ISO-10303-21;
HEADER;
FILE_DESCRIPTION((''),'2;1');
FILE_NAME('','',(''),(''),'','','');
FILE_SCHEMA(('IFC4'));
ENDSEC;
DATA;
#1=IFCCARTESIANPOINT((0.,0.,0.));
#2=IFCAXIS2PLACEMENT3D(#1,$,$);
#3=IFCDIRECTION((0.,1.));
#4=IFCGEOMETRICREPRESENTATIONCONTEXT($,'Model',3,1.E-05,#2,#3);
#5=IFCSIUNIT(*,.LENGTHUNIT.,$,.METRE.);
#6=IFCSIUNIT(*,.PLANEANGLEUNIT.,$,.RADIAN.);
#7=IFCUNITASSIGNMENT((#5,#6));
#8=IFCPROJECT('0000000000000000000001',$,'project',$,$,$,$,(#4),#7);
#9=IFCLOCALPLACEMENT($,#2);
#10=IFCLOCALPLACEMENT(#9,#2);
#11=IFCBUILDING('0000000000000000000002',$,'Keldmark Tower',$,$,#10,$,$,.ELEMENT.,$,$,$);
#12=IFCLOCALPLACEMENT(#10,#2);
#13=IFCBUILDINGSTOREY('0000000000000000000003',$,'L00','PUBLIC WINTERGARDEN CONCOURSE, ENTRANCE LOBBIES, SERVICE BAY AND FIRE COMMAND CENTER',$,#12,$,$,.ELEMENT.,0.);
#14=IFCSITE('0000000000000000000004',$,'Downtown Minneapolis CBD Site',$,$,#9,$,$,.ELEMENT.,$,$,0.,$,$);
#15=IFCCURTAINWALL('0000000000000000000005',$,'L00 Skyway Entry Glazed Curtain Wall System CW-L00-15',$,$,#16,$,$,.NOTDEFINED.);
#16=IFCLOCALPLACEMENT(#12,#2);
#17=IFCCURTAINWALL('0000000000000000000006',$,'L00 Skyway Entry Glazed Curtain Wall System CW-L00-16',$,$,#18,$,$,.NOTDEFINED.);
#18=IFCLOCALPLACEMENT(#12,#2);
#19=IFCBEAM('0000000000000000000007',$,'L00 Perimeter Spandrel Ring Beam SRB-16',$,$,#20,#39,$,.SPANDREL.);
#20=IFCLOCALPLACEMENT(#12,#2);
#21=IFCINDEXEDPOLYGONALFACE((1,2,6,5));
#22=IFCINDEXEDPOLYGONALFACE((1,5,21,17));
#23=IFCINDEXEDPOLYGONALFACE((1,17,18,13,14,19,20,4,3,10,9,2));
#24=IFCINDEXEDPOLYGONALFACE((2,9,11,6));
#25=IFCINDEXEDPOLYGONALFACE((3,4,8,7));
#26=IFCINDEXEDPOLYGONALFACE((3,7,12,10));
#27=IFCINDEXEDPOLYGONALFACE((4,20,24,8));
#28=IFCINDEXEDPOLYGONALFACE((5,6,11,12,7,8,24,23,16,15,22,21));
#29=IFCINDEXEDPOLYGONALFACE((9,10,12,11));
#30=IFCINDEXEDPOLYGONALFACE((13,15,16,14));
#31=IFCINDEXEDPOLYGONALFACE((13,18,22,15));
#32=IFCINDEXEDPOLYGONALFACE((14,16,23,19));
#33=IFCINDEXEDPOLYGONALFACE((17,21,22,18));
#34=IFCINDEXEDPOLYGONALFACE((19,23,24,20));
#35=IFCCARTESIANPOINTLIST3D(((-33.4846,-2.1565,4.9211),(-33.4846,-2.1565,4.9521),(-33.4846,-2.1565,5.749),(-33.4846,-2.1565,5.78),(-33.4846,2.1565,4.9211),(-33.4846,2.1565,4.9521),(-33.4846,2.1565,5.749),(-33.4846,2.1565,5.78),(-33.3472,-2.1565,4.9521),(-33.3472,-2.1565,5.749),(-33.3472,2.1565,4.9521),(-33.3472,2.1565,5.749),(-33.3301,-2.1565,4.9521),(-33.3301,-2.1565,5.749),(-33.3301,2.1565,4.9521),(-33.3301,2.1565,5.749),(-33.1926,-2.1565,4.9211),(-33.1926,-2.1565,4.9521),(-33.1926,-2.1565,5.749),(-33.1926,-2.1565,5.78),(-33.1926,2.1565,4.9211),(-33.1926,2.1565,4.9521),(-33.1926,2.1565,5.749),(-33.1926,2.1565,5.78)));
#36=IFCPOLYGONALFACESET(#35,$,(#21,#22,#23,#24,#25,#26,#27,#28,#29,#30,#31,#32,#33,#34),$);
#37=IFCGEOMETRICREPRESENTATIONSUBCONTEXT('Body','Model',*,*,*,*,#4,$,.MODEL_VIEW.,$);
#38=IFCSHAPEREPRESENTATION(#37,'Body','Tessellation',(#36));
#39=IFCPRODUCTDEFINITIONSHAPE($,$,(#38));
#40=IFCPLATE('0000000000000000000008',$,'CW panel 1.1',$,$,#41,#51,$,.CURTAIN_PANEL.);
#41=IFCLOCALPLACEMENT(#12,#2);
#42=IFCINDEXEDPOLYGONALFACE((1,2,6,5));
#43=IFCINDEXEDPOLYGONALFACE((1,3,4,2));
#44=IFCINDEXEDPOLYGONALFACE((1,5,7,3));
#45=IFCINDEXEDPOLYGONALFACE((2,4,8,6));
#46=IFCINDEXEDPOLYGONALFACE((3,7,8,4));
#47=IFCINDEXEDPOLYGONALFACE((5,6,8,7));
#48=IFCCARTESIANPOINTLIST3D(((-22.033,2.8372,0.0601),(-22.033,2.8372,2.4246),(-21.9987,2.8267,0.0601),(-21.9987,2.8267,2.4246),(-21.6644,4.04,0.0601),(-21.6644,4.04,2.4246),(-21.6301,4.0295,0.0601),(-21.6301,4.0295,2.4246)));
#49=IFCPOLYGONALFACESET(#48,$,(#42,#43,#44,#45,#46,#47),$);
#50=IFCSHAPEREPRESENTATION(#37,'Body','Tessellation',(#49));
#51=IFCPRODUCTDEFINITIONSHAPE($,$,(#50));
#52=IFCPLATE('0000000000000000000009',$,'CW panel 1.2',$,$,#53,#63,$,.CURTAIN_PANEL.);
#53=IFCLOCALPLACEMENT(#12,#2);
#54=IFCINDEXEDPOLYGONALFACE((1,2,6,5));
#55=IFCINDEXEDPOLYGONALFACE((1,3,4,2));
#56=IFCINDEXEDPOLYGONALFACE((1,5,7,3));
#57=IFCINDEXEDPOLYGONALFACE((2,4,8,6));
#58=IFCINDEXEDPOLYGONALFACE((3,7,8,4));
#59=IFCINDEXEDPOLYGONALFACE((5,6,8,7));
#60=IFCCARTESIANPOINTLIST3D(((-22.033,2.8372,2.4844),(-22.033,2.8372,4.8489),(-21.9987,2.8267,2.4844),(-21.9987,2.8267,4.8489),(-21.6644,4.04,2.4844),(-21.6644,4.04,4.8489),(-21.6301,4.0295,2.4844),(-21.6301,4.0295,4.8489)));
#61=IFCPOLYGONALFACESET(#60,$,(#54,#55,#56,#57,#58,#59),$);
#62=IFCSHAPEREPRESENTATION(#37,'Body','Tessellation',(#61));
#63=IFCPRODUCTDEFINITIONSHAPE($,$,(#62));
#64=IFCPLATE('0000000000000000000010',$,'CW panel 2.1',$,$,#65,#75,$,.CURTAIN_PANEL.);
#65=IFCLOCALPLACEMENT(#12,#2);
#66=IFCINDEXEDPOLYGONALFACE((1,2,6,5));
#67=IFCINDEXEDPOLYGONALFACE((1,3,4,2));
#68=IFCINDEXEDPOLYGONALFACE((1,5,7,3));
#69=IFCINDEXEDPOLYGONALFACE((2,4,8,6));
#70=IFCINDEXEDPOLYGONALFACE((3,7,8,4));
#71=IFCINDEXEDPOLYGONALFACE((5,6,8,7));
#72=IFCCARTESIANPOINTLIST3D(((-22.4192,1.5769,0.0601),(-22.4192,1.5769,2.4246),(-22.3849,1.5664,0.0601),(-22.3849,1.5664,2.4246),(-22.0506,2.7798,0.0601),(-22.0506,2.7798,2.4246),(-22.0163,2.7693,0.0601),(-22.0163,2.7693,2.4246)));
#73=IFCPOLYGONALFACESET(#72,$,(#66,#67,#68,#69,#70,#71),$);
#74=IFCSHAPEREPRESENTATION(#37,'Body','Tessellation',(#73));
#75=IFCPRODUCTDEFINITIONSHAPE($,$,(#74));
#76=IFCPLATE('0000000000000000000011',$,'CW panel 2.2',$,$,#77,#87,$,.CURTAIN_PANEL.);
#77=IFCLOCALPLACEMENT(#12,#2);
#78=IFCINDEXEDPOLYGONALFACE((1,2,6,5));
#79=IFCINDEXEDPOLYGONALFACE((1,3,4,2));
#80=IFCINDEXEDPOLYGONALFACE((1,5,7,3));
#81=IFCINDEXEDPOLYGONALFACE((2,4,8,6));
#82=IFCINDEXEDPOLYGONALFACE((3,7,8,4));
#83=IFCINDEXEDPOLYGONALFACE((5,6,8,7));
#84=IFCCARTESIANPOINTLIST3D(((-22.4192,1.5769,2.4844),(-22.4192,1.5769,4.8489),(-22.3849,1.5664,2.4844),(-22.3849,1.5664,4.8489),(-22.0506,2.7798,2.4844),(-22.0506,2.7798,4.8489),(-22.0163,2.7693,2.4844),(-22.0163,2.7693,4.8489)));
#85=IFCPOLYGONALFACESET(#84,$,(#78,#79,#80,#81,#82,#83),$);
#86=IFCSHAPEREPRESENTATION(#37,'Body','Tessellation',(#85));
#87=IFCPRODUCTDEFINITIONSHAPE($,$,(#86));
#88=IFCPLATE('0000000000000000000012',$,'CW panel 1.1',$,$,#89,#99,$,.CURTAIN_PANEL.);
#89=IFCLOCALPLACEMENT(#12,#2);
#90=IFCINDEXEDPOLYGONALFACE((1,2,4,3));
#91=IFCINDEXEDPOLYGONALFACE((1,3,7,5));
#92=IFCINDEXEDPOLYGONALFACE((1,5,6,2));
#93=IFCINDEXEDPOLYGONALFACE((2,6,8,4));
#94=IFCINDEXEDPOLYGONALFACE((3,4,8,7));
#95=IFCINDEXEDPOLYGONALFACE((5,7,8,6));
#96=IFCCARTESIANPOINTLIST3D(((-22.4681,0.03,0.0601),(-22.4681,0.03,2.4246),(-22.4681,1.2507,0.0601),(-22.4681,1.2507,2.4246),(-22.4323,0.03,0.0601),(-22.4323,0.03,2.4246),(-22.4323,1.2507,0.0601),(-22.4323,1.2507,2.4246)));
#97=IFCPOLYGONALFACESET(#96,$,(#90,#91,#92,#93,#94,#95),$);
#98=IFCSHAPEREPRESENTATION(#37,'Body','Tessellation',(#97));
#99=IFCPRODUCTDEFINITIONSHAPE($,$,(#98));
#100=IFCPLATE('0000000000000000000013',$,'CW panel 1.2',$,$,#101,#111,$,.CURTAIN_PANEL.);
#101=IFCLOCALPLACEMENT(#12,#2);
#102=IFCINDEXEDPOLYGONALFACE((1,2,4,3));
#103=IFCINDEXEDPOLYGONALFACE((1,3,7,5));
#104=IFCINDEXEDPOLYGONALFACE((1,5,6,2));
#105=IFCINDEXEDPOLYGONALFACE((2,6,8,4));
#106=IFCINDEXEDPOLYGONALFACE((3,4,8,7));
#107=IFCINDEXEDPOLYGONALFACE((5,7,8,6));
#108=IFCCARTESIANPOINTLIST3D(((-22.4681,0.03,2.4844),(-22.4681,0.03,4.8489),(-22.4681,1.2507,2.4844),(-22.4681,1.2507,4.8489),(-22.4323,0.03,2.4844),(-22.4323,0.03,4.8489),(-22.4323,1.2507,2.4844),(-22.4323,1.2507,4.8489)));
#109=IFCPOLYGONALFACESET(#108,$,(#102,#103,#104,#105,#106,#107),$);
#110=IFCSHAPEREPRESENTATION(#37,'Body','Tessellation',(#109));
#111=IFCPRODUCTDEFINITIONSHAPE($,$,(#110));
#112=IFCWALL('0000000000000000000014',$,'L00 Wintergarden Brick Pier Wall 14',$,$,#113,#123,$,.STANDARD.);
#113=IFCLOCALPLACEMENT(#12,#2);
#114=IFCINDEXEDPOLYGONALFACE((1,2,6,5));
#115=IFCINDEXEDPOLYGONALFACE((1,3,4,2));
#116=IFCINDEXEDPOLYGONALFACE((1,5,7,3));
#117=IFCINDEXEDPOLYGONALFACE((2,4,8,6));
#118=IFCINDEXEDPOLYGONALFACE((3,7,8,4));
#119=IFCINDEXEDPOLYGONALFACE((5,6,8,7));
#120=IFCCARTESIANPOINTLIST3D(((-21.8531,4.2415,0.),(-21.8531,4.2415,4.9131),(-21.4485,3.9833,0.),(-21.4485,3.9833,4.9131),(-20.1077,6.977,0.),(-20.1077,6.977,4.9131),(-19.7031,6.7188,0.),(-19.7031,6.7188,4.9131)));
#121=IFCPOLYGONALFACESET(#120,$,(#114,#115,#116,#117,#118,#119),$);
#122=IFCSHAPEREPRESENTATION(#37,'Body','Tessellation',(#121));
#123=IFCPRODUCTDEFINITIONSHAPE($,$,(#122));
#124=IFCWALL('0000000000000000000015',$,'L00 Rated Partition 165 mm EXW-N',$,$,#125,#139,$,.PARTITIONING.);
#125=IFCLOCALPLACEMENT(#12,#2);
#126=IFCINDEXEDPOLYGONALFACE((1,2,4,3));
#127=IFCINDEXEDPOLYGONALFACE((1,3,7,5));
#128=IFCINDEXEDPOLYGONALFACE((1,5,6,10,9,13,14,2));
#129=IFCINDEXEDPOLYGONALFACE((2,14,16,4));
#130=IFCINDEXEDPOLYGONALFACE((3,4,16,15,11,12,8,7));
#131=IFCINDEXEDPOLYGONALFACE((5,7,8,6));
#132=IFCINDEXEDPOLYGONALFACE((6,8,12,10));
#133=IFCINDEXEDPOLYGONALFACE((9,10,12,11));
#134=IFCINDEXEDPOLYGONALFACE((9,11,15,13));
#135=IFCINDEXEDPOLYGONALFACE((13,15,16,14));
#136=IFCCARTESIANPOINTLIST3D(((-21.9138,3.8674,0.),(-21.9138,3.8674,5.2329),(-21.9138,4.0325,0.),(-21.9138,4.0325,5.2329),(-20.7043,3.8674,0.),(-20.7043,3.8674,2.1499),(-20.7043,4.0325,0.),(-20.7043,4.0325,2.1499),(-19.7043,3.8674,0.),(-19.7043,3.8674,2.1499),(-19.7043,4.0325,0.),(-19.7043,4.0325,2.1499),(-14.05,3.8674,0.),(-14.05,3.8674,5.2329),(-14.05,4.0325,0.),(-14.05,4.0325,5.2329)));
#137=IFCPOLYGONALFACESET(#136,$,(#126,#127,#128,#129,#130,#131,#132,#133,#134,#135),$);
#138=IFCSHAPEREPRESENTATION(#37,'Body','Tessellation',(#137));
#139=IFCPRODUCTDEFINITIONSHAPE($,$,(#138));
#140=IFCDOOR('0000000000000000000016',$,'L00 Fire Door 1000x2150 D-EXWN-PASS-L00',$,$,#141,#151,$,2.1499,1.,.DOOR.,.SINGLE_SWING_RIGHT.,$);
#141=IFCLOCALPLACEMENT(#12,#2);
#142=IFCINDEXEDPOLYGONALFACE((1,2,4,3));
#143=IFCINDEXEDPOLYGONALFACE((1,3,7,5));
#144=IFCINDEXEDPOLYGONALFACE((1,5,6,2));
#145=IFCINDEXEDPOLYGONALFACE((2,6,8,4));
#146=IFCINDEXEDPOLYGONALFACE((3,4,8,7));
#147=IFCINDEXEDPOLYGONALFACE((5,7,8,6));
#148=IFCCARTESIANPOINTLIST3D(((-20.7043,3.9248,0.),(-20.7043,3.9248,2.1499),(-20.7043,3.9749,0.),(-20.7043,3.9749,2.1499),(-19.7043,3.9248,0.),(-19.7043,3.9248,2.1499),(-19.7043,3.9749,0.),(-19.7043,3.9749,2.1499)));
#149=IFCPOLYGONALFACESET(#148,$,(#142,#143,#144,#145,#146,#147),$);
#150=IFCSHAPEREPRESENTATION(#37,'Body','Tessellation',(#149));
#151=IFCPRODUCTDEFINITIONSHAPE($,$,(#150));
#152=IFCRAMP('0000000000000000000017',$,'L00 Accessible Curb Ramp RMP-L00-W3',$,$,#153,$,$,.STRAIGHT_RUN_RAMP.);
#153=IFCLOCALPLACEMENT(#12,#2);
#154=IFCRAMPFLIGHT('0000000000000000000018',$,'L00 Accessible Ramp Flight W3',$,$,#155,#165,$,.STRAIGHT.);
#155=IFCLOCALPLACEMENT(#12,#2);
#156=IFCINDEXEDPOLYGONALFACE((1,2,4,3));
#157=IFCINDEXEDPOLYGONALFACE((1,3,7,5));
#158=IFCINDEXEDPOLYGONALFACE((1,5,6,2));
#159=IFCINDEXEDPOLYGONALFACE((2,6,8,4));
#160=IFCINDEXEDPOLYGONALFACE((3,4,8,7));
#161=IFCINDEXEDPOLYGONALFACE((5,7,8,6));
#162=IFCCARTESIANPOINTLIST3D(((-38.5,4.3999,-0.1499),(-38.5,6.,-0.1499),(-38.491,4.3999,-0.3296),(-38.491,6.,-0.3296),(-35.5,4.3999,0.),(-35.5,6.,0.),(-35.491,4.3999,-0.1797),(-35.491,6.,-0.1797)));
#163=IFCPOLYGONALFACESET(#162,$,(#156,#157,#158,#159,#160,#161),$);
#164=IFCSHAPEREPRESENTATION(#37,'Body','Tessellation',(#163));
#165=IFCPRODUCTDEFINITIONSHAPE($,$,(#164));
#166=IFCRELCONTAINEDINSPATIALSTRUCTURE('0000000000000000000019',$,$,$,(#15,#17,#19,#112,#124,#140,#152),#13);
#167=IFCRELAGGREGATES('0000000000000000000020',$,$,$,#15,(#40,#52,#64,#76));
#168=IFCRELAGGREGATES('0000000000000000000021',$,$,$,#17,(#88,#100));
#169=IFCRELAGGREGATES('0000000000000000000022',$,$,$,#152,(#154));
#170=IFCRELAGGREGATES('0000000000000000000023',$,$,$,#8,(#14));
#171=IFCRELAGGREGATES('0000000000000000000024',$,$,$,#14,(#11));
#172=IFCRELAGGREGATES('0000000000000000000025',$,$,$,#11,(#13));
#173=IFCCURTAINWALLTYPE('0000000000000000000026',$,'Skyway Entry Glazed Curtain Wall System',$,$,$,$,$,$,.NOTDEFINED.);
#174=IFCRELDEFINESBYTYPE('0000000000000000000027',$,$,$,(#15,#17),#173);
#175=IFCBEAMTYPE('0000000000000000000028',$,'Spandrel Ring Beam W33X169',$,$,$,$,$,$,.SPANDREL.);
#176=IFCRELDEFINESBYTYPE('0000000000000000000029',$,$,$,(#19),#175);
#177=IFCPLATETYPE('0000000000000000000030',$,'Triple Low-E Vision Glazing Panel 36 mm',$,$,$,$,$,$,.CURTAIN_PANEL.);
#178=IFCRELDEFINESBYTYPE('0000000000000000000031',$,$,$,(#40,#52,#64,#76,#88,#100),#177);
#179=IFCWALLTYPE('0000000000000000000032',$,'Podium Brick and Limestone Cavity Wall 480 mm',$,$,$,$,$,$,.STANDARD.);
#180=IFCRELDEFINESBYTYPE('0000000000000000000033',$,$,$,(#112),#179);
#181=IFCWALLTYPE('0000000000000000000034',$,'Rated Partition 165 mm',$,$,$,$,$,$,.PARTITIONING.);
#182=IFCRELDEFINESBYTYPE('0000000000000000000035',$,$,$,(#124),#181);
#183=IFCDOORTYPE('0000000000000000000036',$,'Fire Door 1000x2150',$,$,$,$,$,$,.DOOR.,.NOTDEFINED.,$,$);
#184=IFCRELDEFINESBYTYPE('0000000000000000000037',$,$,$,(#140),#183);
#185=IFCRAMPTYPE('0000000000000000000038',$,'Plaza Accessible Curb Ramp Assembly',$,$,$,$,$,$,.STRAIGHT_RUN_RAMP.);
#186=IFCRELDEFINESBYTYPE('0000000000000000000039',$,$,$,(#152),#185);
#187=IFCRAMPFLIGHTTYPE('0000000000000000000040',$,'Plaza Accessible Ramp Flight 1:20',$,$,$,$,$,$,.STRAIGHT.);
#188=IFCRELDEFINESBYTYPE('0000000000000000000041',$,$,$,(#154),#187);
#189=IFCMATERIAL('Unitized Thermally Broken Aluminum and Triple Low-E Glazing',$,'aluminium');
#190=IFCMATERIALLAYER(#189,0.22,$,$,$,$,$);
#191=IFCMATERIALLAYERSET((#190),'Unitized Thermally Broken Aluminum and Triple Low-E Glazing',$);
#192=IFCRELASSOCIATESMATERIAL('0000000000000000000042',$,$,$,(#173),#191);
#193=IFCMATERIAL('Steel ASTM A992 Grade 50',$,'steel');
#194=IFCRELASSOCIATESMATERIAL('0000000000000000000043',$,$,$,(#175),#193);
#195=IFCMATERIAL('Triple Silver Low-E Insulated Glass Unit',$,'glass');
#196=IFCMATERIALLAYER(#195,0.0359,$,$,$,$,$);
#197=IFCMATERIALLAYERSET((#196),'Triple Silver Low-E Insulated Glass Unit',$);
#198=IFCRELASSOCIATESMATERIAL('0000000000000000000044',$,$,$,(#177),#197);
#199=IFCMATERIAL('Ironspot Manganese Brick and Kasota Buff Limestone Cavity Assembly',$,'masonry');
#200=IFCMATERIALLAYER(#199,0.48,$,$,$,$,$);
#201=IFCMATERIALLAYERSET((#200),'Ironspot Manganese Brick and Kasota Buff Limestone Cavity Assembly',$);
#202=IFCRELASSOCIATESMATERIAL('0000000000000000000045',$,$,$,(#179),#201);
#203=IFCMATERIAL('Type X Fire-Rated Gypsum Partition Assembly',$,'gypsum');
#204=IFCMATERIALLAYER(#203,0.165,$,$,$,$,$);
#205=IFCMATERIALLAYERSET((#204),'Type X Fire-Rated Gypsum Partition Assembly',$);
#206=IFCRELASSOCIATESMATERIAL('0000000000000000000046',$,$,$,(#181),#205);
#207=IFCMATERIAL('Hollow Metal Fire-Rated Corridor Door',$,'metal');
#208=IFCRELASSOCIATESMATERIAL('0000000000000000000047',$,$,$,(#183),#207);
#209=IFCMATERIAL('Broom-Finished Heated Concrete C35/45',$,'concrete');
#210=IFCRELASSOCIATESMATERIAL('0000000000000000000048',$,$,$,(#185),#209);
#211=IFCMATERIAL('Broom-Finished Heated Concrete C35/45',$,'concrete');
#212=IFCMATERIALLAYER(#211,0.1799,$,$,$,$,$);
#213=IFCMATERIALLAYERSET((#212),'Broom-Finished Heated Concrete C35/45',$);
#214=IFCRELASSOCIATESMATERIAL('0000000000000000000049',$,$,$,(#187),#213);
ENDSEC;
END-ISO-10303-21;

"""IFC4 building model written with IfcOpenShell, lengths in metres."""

from ifc_helpers import new_model, si_unit, direction, frame, frame_2d, origin, origin_2d, place, context, subcontext, project, spatial, polyline, rectangle, i_section, outline, extrude, material, layer, layer_set, material_profile, profile_set, type_object, element, fill, aggregate, save


model = new_model("IFC4")

# Units and contexts
model_context = context("Model", 3, precision=1e-05, world=origin(), true_north=direction((0.0, 1.0)))
body_context = subcontext(model_context, "Body", "Model", "MODEL_VIEW")
ifc_project = project(units=[si_unit("LENGTHUNIT", "METRE"), si_unit("PLANEANGLEUNIT", "RADIAN")], contexts=[model_context])

# Site, building, storey
site_placement = place(None, origin())
site = spatial("IfcSite", under=ifc_project, at=site_placement, Name="Downtown Minneapolis CBD Site", CompositionType="ELEMENT", RefElevation=0.0)
building_placement = place(site_placement, origin())
building = spatial("IfcBuilding", under=site, at=building_placement, Name="Keldmark Tower", CompositionType="ELEMENT")
storey_placement = place(building_placement, origin())
storey = spatial("IfcBuildingStorey", under=building, at=storey_placement, Name="L00", Description="PUBLIC WINTERGARDEN CONCOURSE, ENTRANCE LOBBIES, SERVICE BAY AND FIRE COMMAND CENTER", CompositionType="ELEMENT", Elevation=0.0)

# Curtain walls
ifc_material_1 = material(Name="Unitized Thermally Broken Aluminum and Triple Low-E Glazing", Category="aluminium")
ifc_layer_1 = layer(ifc_material_1, 0.22)
ifc_layer_set_1 = layer_set([ifc_layer_1], Name="Unitized Thermally Broken Aluminum and Triple Low-E Glazing")
curtain_wall_type = type_object("IfcCurtainWallType", Name="Skyway Entry Glazed Curtain Wall System", PredefinedType="NOTDEFINED", material=ifc_layer_set_1)
curtain_wall_1_placement = place(storey_placement, origin())
curtain_wall_1 = element("IfcCurtainWall", 1, at=curtain_wall_1_placement, inside=storey, type_object=curtain_wall_type, Name="L00 Skyway Entry Glazed Curtain Wall System CW-L00-15", PredefinedType="NOTDEFINED")
curtain_wall_2_placement = place(storey_placement, origin())
curtain_wall_2 = element("IfcCurtainWall", 2, at=curtain_wall_2_placement, inside=storey, type_object=curtain_wall_type, Name="L00 Skyway Entry Glazed Curtain Wall System CW-L00-16", PredefinedType="NOTDEFINED")

# Beam
ifc_material_2 = material(Name="Steel ASTM A992 Grade 50", Category="steel")
ifc_material_profile_1 = material_profile(ifc_material_2, i_section(OverallWidth=0.292, OverallDepth=0.8589, WebThickness=0.0171, FlangeThickness=0.031, at=origin_2d()), Name="W33X169")
ifc_profile_set_1 = profile_set([ifc_material_profile_1], Name="Steel ASTM A992 Grade 50")
beam_type_1 = type_object("IfcBeamType", Name="Spandrel Ring Beam W33X169", PredefinedType="SPANDREL", material=ifc_profile_set_1)
beam_1_placement = place(storey_placement, frame((-33.3386, 2.1565, 5.3506), z_axis=(0.0, -1.0, 0.0), x_axis=(1.0, 0.0, 0.0)))
element("IfcBeam", 3, at=beam_1_placement, inside=storey, type_object=beam_type_1, Name="L00 Perimeter Spandrel Ring Beam SRB-16", PredefinedType="SPANDREL", context=body_context, shape_type="SweptSolid", body=[
    extrude(i_section(OverallWidth=0.292, OverallDepth=0.8589, WebThickness=0.0171, FlangeThickness=0.031, at=origin_2d()), origin(), (0.0, 0.0, 1.0), 4.313),
])

# Plates
ifc_material_3 = material(Name="Triple Silver Low-E Insulated Glass Unit", Category="glass")
ifc_layer_2 = layer(ifc_material_3, 0.0359)
ifc_layer_set_2 = layer_set([ifc_layer_2], Name="Triple Silver Low-E Insulated Glass Unit")
plate_type = type_object("IfcPlateType", Name="Triple Low-E Vision Glazing Panel 36 mm", PredefinedType="CURTAIN_PANEL", material=ifc_layer_set_2)
plate_1_placement = place(storey_placement, frame((-21.8315, 3.4333, 0.0601), z_axis=(0.0, 0.0, 1.0), x_axis=(-0.293022, -0.956106, 0.0)))
plate_1 = element("IfcPlate", 4, at=plate_1_placement, type_object=plate_type, Name="CW panel 1.1", PredefinedType="CURTAIN_PANEL", context=body_context, shape_type="SweptSolid", body=[
    extrude(rectangle(XDim=1.2581, YDim=0.0359, at=origin_2d()), origin(), (0.0, 0.0, 1.0), 2.3645),
])
plate_2_placement = place(storey_placement, frame((-21.8315, 3.4333, 2.4844), z_axis=(0.0, 0.0, 1.0), x_axis=(-0.293022, -0.956106, 0.0)))
plate_2 = element("IfcPlate", 5, at=plate_2_placement, type_object=plate_type, Name="CW panel 1.2", PredefinedType="CURTAIN_PANEL", context=body_context, shape_type="SweptSolid", body=[
    extrude(rectangle(XDim=1.2581, YDim=0.0359, at=origin_2d()), origin(), (0.0, 0.0, 1.0), 2.3645),
])
plate_3_placement = place(storey_placement, frame((-22.2178, 2.1731, 0.0601), z_axis=(0.0, 0.0, 1.0), x_axis=(-0.293022, -0.956106, 0.0)))
plate_3 = element("IfcPlate", 6, at=plate_3_placement, type_object=plate_type, Name="CW panel 2.1", PredefinedType="CURTAIN_PANEL", context=body_context, shape_type="SweptSolid", body=[
    extrude(rectangle(XDim=1.2581, YDim=0.0359, at=origin_2d()), origin(), (0.0, 0.0, 1.0), 2.3645),
])
plate_4_placement = place(storey_placement, frame((-22.2178, 2.1731, 2.4844), z_axis=(0.0, 0.0, 1.0), x_axis=(-0.293022, -0.956106, 0.0)))
plate_4 = element("IfcPlate", 7, at=plate_4_placement, type_object=plate_type, Name="CW panel 2.2", PredefinedType="CURTAIN_PANEL", context=body_context, shape_type="SweptSolid", body=[
    extrude(rectangle(XDim=1.2581, YDim=0.0359, at=origin_2d()), origin(), (0.0, 0.0, 1.0), 2.3645),
])
aggregate(curtain_wall_1, [plate_1, plate_2, plate_3, plate_4])
plate_5_placement = place(storey_placement, frame((-22.4502, 0.6404, 0.0601), z_axis=(0.0, 0.0, 1.0), x_axis=(0.0, -1.0, 0.0)))
plate_5 = element("IfcPlate", 8, at=plate_5_placement, type_object=plate_type, Name="CW panel 1.1", PredefinedType="CURTAIN_PANEL", context=body_context, shape_type="SweptSolid", body=[
    extrude(rectangle(XDim=1.2207, YDim=0.0359, at=origin_2d()), origin(), (0.0, 0.0, 1.0), 2.3645),
])
plate_6_placement = place(storey_placement, frame((-22.4502, 0.6404, 2.4844), z_axis=(0.0, 0.0, 1.0), x_axis=(0.0, -1.0, 0.0)))
plate_6 = element("IfcPlate", 9, at=plate_6_placement, type_object=plate_type, Name="CW panel 1.2", PredefinedType="CURTAIN_PANEL", context=body_context, shape_type="SweptSolid", body=[
    extrude(rectangle(XDim=1.2207, YDim=0.0359, at=origin_2d()), origin(), (0.0, 0.0, 1.0), 2.3645),
])
aggregate(curtain_wall_2, [plate_5, plate_6])

# Wall
ifc_material_4 = material(Name="Ironspot Manganese Brick and Kasota Buff Limestone Cavity Assembly", Category="masonry")
ifc_layer_3 = layer(ifc_material_4, 0.48)
ifc_layer_set_3 = layer_set([ifc_layer_3], Name="Ironspot Manganese Brick and Kasota Buff Limestone Cavity Assembly")
wall_type_1 = type_object("IfcWallType", Name="Podium Brick and Limestone Cavity Wall 480 mm", PredefinedType="STANDARD", material=ifc_layer_set_3)
wall_1_placement = place(storey_placement, frame((-21.6509, 4.1123, 0.0), z_axis=(0.0, 0.0, 1.0), x_axis=(0.537902, 0.843007, 0.0)))
element("IfcWall", 10, at=wall_1_placement, inside=storey, type_object=wall_type_1, Name="L00 Wintergarden Brick Pier Wall 14", PredefinedType="STANDARD", context=body_context, shape_type="SweptSolid", body=[
    extrude(rectangle(XDim=3.2449, YDim=0.48, at=frame_2d((1.6226, 0.0))), origin(), (0.0, 0.0, 1.0), 4.9131),
])

# Wall, opening, door
ifc_material_5 = material(Name="Type X Fire-Rated Gypsum Partition Assembly", Category="gypsum")
ifc_layer_4 = layer(ifc_material_5, 0.165)
ifc_layer_set_4 = layer_set([ifc_layer_4], Name="Type X Fire-Rated Gypsum Partition Assembly")
wall_type_2 = type_object("IfcWallType", Name="Rated Partition 165 mm", PredefinedType="PARTITIONING", material=ifc_layer_set_4)
wall_2_placement = place(storey_placement, frame((-21.9138, 3.95, 0.0), z_axis=(0.0, 0.0, 1.0), x_axis=(1.0, 0.0, 0.0)))
wall_2 = element("IfcWall", 11, at=wall_2_placement, inside=storey, type_object=wall_type_2, Name="L00 Rated Partition 165 mm EXW-N", PredefinedType="PARTITIONING", context=body_context, shape_type="SweptSolid", body=[
    extrude(rectangle(XDim=7.8638, YDim=0.165, at=frame_2d((3.9319, 0.0))), origin(), (0.0, 0.0, 1.0), 5.2329),
])
opening_placement = place(wall_2_placement, frame((1.2095, 0.0, 0.0)))
opening = element("IfcOpeningElement", 12, at=opening_placement, cuts=wall_2, PredefinedType="OPENING", context=body_context, shape_type="SweptSolid", body=[
    extrude(rectangle(XDim=1.0, YDim=2.1499, at=frame_2d((0.5, 1.075))), frame((0.0, 0.0925, 0.0), z_axis=(0.0, -1.0, 0.0), x_axis=(1.0, 0.0, 0.0)), (0.0, 0.0, 1.0), 0.1851),
])
ifc_material_6 = material(Name="Hollow Metal Fire-Rated Corridor Door", Category="metal")
door_type = type_object("IfcDoorType", Name="Fire Door 1000x2150", OperationType="NOTDEFINED", PredefinedType="DOOR", material=ifc_material_6)
door_placement = place(opening_placement, origin())
door = element("IfcDoor", 13, at=door_placement, inside=storey, type_object=door_type, Name="L00 Fire Door 1000x2150 D-EXWN-PASS-L00", OperationType="SINGLE_SWING_RIGHT", OverallHeight=2.1499, OverallWidth=1.0, PredefinedType="DOOR", context=body_context, shape_type="SweptSolid", body=[
    extrude(rectangle(XDim=1.0, YDim=2.1499, at=frame_2d((0.5, 1.075))), frame((0.0, 0.0249, 0.0), z_axis=(0.0, -1.0, 0.0), x_axis=(1.0, 0.0, 0.0)), (0.0, 0.0, 1.0), 0.05),
])
fill(opening, door)

# Ramp, ramp flight
ifc_material_7 = material(Name="Broom-Finished Heated Concrete C35/45", Category="concrete")
ramp_type = type_object("IfcRampType", Name="Plaza Accessible Curb Ramp Assembly", PredefinedType="STRAIGHT_RUN_RAMP", material=ifc_material_7)
ramp_placement = place(storey_placement, origin())
ramp = element("IfcRamp", 14, at=ramp_placement, inside=storey, type_object=ramp_type, Name="L00 Accessible Curb Ramp RMP-L00-W3", PredefinedType="STRAIGHT_RUN_RAMP")
ifc_material_8 = material(Name="Broom-Finished Heated Concrete C35/45", Category="concrete")
ifc_layer_5 = layer(ifc_material_8, 0.1799)
ifc_layer_set_5 = layer_set([ifc_layer_5], Name="Broom-Finished Heated Concrete C35/45")
ramp_flight_type = type_object("IfcRampFlightType", Name="Plaza Accessible Ramp Flight 1:20", PredefinedType="STRAIGHT", material=ifc_layer_set_5)
ramp_flight_placement = place(storey_placement, frame((-38.5, 4.3999, -0.1499), z_axis=(-0.049905, 0.0, 0.998754), x_axis=(0.998754, 0.0, 0.049905)))
ramp_flight = element("IfcRampFlight", 15, at=ramp_flight_placement, type_object=ramp_flight_type, Name="L00 Accessible Ramp Flight W3", PredefinedType="STRAIGHT", context=body_context, shape_type="SweptSolid", body=[
    extrude(outline(polyline([(0.0, 0.0), (3.0037, 0.0), (3.0037, 1.6001), (0.0, 1.6001), (0.0, 0.0)])), origin(), (0.0, 0.0, -1.0), 0.1799),
])
aggregate(ramp, [ramp_flight])

save(model, "model.ifc")
